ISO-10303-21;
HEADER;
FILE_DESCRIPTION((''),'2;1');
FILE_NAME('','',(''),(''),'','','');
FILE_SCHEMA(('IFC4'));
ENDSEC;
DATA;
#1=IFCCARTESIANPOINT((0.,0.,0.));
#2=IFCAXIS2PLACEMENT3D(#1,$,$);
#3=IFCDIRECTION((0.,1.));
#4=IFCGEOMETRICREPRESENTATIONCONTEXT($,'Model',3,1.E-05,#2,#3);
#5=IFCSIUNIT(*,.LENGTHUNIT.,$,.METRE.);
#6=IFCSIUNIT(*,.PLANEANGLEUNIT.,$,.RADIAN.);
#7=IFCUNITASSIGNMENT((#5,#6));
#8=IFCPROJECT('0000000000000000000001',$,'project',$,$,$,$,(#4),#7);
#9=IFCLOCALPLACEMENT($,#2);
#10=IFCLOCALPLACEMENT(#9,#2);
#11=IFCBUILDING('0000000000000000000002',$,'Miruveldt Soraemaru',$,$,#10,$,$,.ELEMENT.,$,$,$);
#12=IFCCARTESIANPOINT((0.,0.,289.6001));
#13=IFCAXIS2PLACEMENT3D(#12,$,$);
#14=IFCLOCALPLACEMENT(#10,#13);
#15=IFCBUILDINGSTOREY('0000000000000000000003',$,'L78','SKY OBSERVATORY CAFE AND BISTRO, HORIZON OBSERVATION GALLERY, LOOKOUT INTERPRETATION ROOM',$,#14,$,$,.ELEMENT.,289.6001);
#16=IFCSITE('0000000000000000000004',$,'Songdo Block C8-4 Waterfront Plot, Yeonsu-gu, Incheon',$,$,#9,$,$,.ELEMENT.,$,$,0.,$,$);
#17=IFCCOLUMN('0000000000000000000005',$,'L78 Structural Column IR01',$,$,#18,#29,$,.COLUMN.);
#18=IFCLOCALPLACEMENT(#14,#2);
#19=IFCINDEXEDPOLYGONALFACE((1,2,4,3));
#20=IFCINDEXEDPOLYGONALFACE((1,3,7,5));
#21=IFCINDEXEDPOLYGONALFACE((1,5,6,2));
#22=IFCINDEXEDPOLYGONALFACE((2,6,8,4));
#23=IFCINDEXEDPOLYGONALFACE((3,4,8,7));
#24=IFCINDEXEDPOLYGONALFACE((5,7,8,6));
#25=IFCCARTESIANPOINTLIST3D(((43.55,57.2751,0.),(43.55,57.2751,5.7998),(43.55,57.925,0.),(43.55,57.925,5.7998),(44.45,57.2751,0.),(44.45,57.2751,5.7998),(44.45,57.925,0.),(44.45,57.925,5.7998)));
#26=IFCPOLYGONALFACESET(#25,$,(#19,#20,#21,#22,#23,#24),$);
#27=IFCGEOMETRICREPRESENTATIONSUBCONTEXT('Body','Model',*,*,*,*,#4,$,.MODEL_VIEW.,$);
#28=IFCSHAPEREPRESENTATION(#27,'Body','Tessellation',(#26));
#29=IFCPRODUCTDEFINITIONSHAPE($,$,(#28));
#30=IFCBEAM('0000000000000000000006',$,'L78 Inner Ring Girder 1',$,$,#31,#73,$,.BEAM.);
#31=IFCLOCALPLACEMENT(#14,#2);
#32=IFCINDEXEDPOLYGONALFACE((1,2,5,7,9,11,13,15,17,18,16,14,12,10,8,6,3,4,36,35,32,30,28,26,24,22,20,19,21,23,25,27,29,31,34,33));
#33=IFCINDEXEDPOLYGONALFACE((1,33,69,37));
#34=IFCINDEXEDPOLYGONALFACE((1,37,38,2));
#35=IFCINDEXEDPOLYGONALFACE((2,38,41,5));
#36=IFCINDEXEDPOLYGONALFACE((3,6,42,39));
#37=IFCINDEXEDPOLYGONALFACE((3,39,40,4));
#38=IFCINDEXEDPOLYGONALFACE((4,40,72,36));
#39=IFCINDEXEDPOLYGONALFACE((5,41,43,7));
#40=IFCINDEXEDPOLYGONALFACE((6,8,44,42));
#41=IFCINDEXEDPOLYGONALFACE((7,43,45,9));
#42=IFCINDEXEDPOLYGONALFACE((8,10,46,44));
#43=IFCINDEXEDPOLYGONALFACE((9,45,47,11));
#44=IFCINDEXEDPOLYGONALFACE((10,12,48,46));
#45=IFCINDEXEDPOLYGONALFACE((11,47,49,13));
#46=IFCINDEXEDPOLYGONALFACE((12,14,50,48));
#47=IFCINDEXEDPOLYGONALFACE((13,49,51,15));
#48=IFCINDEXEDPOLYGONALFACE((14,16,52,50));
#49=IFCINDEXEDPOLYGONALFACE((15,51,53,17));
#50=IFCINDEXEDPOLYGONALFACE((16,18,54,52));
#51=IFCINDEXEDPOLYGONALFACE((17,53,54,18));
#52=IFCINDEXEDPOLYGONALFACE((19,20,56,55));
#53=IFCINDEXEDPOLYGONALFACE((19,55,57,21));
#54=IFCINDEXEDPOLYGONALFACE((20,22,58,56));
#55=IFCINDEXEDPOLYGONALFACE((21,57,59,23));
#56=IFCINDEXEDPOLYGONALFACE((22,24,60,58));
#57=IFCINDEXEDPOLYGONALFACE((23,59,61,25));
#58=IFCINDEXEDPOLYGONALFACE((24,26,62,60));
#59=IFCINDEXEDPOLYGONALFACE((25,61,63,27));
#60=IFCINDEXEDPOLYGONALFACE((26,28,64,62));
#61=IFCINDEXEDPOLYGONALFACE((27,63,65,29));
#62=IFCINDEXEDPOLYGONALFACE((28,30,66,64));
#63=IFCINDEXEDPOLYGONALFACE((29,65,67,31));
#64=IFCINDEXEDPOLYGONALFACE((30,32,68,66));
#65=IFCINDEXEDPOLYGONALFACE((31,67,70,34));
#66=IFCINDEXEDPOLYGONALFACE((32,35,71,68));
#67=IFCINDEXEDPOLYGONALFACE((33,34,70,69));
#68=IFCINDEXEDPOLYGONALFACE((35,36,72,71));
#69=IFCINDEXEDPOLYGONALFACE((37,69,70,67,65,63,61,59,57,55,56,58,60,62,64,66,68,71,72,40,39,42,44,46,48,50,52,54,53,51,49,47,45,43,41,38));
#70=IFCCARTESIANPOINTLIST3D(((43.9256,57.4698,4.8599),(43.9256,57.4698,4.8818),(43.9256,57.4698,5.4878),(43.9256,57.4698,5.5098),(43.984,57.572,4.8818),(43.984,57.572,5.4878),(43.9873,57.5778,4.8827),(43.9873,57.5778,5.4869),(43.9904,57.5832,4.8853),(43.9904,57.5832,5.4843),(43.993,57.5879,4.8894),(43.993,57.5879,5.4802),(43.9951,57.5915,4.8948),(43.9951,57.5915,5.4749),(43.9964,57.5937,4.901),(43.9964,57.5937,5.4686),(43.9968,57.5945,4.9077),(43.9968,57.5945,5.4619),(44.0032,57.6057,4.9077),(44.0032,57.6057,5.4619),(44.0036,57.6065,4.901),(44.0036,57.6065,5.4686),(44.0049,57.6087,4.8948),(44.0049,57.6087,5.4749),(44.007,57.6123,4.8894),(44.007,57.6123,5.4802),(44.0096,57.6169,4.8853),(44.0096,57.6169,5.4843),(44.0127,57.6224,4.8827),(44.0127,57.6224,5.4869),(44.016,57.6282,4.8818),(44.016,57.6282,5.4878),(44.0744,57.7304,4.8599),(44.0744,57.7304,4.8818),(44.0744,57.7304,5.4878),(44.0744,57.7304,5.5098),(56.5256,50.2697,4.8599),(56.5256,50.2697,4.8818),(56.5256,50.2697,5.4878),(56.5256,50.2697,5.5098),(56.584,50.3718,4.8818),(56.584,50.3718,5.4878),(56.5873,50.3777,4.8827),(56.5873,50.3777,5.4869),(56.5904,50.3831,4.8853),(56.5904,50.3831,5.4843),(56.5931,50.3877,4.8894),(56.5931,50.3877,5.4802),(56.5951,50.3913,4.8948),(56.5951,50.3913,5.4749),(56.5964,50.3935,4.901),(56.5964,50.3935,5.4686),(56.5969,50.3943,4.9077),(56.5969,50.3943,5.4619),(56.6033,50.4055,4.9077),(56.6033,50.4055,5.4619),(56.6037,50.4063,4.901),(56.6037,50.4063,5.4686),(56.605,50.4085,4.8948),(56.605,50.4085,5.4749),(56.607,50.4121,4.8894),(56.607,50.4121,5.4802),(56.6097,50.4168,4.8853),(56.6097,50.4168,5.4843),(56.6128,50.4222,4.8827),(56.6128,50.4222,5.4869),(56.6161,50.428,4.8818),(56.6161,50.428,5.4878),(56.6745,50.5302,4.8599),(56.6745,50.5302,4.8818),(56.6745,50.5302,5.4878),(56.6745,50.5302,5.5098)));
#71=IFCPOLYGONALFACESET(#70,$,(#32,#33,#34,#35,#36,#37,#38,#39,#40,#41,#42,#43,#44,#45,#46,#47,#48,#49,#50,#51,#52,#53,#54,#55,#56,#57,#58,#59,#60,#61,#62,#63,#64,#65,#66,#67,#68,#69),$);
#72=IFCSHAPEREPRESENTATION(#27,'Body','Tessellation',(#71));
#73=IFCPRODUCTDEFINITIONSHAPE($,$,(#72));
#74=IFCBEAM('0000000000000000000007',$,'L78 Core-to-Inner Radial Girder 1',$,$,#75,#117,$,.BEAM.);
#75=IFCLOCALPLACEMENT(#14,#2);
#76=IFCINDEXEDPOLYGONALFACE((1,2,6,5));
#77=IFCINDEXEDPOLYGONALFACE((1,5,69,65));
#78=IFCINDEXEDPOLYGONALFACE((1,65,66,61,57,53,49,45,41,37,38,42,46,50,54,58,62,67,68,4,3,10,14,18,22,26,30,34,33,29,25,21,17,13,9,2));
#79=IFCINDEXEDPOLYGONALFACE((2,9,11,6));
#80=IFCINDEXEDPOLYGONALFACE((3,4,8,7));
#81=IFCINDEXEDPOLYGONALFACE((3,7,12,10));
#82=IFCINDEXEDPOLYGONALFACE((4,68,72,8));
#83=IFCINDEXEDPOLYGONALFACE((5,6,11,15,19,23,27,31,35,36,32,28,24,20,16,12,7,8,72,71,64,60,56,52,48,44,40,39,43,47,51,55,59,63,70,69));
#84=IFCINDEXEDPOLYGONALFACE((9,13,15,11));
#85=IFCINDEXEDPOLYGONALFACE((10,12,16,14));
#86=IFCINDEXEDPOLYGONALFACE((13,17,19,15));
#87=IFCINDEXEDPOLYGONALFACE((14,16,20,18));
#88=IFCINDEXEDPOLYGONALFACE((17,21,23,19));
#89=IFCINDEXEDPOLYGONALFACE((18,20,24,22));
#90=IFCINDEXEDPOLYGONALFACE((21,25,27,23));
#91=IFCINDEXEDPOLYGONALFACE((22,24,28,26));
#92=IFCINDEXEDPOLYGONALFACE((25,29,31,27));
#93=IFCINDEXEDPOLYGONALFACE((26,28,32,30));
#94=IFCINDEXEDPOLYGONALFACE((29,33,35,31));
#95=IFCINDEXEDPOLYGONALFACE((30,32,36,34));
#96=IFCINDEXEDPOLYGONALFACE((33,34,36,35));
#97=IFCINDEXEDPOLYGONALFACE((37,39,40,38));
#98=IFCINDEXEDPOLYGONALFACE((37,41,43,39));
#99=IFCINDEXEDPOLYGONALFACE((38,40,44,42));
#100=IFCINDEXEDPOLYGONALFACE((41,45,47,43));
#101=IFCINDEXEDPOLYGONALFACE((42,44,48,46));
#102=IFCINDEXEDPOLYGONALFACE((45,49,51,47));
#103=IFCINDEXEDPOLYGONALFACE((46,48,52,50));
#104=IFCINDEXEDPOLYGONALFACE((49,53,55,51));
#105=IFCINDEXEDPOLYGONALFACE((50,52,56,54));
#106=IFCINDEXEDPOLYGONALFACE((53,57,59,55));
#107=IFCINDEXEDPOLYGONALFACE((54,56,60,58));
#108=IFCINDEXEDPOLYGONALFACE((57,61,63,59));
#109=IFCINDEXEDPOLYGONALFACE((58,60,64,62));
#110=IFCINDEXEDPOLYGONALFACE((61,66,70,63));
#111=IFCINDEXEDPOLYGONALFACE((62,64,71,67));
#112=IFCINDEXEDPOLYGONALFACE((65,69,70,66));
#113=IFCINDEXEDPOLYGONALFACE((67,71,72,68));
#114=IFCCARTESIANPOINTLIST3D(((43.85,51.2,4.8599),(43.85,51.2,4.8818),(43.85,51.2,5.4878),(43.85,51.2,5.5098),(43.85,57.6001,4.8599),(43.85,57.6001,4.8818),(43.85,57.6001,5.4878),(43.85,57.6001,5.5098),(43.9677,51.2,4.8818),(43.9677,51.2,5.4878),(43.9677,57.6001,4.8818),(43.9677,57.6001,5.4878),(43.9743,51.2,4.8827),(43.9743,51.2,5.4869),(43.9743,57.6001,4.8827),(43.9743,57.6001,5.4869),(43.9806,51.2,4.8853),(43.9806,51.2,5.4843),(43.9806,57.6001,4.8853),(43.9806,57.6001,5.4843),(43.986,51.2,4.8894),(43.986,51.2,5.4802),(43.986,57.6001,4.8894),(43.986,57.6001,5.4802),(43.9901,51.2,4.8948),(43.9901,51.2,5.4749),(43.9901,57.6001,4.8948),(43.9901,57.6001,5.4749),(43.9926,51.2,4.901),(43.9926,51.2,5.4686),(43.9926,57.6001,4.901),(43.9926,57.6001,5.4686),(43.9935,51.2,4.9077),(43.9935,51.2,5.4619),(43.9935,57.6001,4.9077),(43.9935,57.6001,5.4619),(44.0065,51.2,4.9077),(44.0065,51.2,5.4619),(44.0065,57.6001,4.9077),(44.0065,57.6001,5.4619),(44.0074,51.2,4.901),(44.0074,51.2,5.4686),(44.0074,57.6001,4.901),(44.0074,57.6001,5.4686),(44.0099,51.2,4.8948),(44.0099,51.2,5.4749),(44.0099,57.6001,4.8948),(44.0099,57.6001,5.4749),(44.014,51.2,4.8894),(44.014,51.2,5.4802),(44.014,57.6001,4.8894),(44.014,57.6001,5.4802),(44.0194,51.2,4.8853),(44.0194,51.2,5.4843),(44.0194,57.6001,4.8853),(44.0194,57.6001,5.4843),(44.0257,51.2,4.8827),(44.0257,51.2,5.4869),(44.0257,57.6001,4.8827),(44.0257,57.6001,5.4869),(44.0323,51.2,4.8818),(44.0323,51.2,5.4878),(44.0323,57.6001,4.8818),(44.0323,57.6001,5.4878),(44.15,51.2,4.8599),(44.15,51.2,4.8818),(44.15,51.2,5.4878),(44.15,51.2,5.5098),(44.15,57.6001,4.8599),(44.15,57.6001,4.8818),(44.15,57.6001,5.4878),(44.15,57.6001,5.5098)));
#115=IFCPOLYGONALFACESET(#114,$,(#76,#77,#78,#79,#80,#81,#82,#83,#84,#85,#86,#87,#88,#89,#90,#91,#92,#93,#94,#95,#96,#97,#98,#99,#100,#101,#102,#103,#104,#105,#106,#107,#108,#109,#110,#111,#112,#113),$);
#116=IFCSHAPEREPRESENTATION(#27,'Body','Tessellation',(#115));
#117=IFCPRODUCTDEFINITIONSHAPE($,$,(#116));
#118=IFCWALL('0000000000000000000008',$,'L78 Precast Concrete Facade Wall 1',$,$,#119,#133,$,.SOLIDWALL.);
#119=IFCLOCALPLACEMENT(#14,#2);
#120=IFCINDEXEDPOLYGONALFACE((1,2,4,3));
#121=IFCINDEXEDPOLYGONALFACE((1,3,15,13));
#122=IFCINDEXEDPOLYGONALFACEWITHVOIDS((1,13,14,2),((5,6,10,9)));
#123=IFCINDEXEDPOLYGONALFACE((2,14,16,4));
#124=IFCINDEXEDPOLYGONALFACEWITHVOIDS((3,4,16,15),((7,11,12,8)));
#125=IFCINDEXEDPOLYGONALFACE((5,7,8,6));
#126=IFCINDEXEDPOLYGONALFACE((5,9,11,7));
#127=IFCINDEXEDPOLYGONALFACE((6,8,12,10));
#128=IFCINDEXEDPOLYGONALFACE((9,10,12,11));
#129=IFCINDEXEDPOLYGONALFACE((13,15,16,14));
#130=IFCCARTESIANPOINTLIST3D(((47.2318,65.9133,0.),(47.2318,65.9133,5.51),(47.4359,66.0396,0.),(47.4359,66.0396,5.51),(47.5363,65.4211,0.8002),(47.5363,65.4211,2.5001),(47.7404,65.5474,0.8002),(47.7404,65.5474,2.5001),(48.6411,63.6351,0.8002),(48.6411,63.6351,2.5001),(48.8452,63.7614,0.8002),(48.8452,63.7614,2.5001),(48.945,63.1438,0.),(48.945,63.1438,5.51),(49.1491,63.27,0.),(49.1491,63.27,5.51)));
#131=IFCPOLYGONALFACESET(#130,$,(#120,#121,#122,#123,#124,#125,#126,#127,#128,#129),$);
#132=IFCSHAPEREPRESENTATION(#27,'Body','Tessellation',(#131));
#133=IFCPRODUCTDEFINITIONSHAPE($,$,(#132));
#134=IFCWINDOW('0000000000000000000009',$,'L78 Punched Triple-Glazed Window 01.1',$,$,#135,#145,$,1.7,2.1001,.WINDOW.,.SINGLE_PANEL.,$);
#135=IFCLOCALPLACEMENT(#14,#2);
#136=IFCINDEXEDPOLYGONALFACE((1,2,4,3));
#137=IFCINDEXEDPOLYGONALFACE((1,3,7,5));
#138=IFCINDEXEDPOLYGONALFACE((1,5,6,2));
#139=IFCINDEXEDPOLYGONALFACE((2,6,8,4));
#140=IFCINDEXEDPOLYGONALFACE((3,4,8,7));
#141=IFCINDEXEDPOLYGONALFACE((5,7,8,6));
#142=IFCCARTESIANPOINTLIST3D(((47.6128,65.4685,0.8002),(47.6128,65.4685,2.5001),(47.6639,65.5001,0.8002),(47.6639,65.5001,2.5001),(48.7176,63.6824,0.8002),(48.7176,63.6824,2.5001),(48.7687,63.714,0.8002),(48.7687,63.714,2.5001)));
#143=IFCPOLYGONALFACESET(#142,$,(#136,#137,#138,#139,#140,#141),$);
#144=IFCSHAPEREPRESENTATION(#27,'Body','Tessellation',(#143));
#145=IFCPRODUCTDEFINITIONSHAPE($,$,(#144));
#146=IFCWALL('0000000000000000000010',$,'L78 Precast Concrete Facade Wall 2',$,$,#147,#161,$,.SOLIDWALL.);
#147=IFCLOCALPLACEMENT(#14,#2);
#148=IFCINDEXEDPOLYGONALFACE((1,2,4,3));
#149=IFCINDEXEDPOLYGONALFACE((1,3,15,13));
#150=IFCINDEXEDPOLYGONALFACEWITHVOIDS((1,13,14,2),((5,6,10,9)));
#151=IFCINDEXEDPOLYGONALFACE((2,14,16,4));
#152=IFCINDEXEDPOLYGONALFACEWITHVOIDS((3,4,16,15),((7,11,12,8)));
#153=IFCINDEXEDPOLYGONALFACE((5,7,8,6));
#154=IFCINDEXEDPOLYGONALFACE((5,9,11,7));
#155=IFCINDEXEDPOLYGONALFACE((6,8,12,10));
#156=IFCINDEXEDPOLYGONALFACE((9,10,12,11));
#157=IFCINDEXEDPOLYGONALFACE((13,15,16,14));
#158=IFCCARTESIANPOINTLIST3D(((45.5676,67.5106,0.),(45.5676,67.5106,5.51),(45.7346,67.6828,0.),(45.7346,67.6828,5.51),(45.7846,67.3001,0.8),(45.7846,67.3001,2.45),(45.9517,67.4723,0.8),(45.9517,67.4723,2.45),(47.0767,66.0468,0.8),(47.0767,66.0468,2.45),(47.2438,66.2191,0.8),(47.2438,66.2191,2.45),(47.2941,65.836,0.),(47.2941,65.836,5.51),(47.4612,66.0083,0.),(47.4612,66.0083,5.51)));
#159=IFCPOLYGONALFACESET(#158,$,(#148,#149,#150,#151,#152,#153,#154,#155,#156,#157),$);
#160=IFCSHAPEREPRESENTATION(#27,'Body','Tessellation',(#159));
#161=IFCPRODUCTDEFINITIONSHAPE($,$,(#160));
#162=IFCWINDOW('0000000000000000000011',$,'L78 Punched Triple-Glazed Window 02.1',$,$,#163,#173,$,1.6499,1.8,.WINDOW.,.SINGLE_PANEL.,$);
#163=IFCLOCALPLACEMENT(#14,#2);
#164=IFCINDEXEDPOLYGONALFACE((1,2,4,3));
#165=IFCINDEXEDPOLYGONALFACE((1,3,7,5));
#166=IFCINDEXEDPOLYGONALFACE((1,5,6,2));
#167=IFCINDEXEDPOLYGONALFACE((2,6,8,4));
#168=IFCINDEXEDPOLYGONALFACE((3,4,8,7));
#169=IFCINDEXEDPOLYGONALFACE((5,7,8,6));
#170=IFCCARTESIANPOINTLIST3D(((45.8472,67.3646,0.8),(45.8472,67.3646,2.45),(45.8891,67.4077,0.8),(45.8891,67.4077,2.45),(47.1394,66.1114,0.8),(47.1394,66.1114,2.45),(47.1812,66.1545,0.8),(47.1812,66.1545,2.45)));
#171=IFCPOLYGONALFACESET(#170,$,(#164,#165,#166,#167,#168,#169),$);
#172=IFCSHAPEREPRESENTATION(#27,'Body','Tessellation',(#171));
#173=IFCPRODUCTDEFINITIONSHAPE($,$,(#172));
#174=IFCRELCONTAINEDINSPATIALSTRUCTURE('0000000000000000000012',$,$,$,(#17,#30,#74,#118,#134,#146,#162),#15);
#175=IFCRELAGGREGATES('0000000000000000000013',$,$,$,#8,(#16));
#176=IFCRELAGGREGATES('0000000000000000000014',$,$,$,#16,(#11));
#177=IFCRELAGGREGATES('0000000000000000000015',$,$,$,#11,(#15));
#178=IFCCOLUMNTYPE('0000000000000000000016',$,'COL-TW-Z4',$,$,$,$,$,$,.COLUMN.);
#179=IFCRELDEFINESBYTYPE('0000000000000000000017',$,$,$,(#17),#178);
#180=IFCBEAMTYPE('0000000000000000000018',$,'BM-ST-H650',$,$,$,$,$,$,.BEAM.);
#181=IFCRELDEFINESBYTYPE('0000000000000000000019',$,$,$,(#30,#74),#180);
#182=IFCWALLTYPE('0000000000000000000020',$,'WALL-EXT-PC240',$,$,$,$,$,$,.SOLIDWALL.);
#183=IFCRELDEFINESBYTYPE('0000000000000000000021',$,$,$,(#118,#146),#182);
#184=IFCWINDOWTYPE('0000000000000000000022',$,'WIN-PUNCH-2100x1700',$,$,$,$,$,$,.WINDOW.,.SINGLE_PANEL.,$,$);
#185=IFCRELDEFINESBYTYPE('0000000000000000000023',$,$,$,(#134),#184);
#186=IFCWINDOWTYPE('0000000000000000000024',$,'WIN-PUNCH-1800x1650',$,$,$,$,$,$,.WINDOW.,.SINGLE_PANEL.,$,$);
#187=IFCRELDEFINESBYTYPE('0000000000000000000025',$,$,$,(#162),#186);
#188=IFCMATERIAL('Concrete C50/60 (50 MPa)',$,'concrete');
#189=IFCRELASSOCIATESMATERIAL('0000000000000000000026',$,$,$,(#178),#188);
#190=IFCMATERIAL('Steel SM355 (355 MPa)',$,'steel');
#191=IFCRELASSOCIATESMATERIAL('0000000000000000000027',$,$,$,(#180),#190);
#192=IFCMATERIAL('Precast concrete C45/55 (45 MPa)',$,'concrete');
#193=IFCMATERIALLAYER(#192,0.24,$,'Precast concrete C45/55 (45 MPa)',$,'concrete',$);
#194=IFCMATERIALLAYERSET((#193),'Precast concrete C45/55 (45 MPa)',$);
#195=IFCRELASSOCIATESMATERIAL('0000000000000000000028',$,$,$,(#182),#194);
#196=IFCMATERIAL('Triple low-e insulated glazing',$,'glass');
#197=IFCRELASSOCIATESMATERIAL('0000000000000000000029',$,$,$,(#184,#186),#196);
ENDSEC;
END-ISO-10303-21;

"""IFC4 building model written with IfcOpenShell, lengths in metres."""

from ifc_helpers import new_model, si_unit, direction, frame, frame_2d, origin, origin_2d, place, context, subcontext, project, spatial, rectangle, i_section, extrude, material, layer, layer_set, material_profile, profile_set, type_object, element, fill, save


model = new_model("IFC4")

# Units and contexts
model_context = context("Model", 3, precision=1e-05, world=origin(), true_north=direction((0.0, 1.0)))
body_context = subcontext(model_context, "Body", "Model", "MODEL_VIEW")
ifc_project = project(units=[si_unit("LENGTHUNIT", "METRE"), si_unit("PLANEANGLEUNIT", "RADIAN")], contexts=[model_context])

# Site, building, storey
site_placement = place(None, origin())
site = spatial("IfcSite", under=ifc_project, at=site_placement, Name="Songdo Block C8-4 Waterfront Plot, Yeonsu-gu, Incheon", CompositionType="ELEMENT", RefElevation=0.0)
building_placement = place(site_placement, origin())
building = spatial("IfcBuilding", under=site, at=building_placement, Name="Miruveldt Soraemaru", CompositionType="ELEMENT")
storey_placement = place(building_placement, frame((0.0, 0.0, 289.6001)))
storey = spatial("IfcBuildingStorey", under=building, at=storey_placement, Name="L78", Description="SKY OBSERVATORY CAFE AND BISTRO, HORIZON OBSERVATION GALLERY, LOOKOUT INTERPRETATION ROOM", CompositionType="ELEMENT", Elevation=289.6001)

# Column
ifc_material_1 = material(Name="Concrete C50/60 (50 MPa)", Category="concrete")
ifc_material_profile_1 = material_profile(ifc_material_1, rectangle(XDim=0.8999, YDim=0.6499, at=origin_2d()), Name="Concrete C50/60 (50 MPa)", Category="concrete")
ifc_profile_set_1 = profile_set([ifc_material_profile_1], Name="Concrete C50/60 (50 MPa)")
column_type = type_object("IfcColumnType", Name="COL-TW-Z4", PredefinedType="COLUMN", material=ifc_profile_set_1)
column_placement = place(storey_placement, frame((44.0, 57.6001, 0.0), z_axis=(0.0, 0.0, 1.0), x_axis=(1.0, 0.0, 0.0)))
element("IfcColumn", 1, at=column_placement, inside=storey, type_object=column_type, Name="L78 Structural Column IR01", PredefinedType="COLUMN", context=body_context, shape_type="SweptSolid", body=[
    extrude(rectangle(XDim=0.8999, YDim=0.6499, at=origin_2d()), origin(), (0.0, 0.0, 1.0), 5.7998),
])

# Beams
ifc_material_2 = material(Name="Steel SM355 (355 MPa)", Category="steel")
ifc_material_profile_2 = material_profile(ifc_material_2, i_section(OverallWidth=0.3, OverallDepth=0.6499, WebThickness=0.0129, FlangeThickness=0.022, FilletRadius=0.0259, at=origin_2d()), Name="Steel SM355 (355 MPa)", Category="steel")
ifc_profile_set_2 = profile_set([ifc_material_profile_2], Name="Steel SM355 (355 MPa)")
beam_type = type_object("IfcBeamType", Name="BM-ST-H650", PredefinedType="BEAM", material=ifc_profile_set_2)
beam_1_placement = place(storey_placement, frame((44.0, 57.6001, 5.1848), z_axis=(0.868239, -0.496146, 0.0), x_axis=(0.496146, 0.868239, 0.0)))
element("IfcBeam", 2, at=beam_1_placement, inside=storey, type_object=beam_type, Name="L78 Inner Ring Girder 1", PredefinedType="BEAM", context=body_context, shape_type="SweptSolid", body=[
    extrude(i_section(OverallWidth=0.3, OverallDepth=0.6499, WebThickness=0.0129, FlangeThickness=0.022, FilletRadius=0.0259, at=origin_2d()), origin(), (0.0, 0.0, 1.0), 14.5122),
])
beam_2_placement = place(storey_placement, frame((44.0, 51.2, 5.1848), z_axis=(0.0, 1.0, 0.0), x_axis=(-1.0, 0.0, 0.0)))
element("IfcBeam", 3, at=beam_2_placement, inside=storey, type_object=beam_type, Name="L78 Core-to-Inner Radial Girder 1", PredefinedType="BEAM", context=body_context, shape_type="SweptSolid", body=[
    extrude(i_section(OverallWidth=0.3, OverallDepth=0.6499, WebThickness=0.0129, FlangeThickness=0.022, FilletRadius=0.0259, at=origin_2d()), origin(), (0.0, 0.0, 1.0), 6.4001),
])

# Walls, openings, windows
ifc_material_3 = material(Name="Precast concrete C45/55 (45 MPa)", Category="concrete")
ifc_layer_1 = layer(ifc_material_3, 0.24, Name="Precast concrete C45/55 (45 MPa)", Category="concrete")
ifc_layer_set_1 = layer_set([ifc_layer_1], Name="Precast concrete C45/55 (45 MPa)")
wall_type_1 = type_object("IfcWallType", Name="WALL-EXT-PC240", PredefinedType="SOLIDWALL", material=ifc_layer_set_1)
wall_1_placement = place(storey_placement, frame((49.0471, 63.2068, 0.0), z_axis=(0.0, 0.0, 1.0), x_axis=(-0.526058, 0.850449, 0.0)))
wall_1 = element("IfcWall", 4, at=wall_1_placement, inside=storey, type_object=wall_type_1, Name="L78 Precast Concrete Facade Wall 1", PredefinedType="SOLIDWALL", context=body_context, shape_type="SweptSolid", body=[
    extrude(rectangle(XDim=3.2566, YDim=0.24, at=frame_2d((1.6284, 0.0))), origin(), (0.0, 0.0, 1.0), 5.51),
])
opening_1_placement = place(wall_1_placement, frame((0.5779, 0.0, 0.8)))
opening_1 = element("IfcOpeningElement", 5, at=opening_1_placement, cuts=wall_1, PredefinedType="OPENING", context=body_context, shape_type="SweptSolid", body=[
    extrude(rectangle(XDim=2.1001, YDim=1.7, at=frame_2d((1.05, 0.8501))), frame((0.0, 0.1299, 0.0), z_axis=(0.0, -1.0, 0.0), x_axis=(1.0, 0.0, 0.0)), (0.0, 0.0, 1.0), 0.26),
])
ifc_material_4 = material(Name="Triple low-e insulated glazing", Category="glass")
window_type_1 = type_object("IfcWindowType", Name="WIN-PUNCH-2100x1700", PartitioningType="SINGLE_PANEL", PredefinedType="WINDOW", material=ifc_material_4)
window_1_placement = place(opening_1_placement, origin())
window_1 = element("IfcWindow", 6, at=window_1_placement, inside=storey, type_object=window_type_1, Name="L78 Punched Triple-Glazed Window 01.1", OverallHeight=1.7, OverallWidth=2.1001, PartitioningType="SINGLE_PANEL", PredefinedType="WINDOW", context=body_context, shape_type="SweptSolid", body=[
    extrude(rectangle(XDim=2.1001, YDim=1.7, at=frame_2d((1.05, 0.8501))), frame((0.0, 0.03, 0.0), z_axis=(0.0, -1.0, 0.0), x_axis=(1.0, 0.0, 0.0)), (0.0, 0.0, 1.0), 0.0601),
])
fill(opening_1, window_1)
wall_2_placement = place(storey_placement, frame((47.3777, 65.9221, 0.0), z_axis=(0.0, 0.0, 1.0), x_axis=(-0.717834, 0.696214, 0.0)))
wall_2 = element("IfcWall", 7, at=wall_2_placement, inside=storey, type_object=wall_type_1, Name="L78 Precast Concrete Facade Wall 2", PredefinedType="SOLIDWALL", context=body_context, shape_type="SweptSolid", body=[
    extrude(rectangle(XDim=2.4053, YDim=0.24, at=frame_2d((1.2026, 0.0))), origin(), (0.0, 0.0, 1.0), 5.51),
])
opening_2_placement = place(wall_2_placement, frame((0.303, 0.0, 0.8)))
opening_2 = element("IfcOpeningElement", 8, at=opening_2_placement, cuts=wall_2, PredefinedType="OPENING", context=body_context, shape_type="SweptSolid", body=[
    extrude(rectangle(XDim=1.8, YDim=1.6499, at=frame_2d((0.8999, 0.825))), frame((0.0, 0.1299, 0.0), z_axis=(0.0, -1.0, 0.0), x_axis=(1.0, 0.0, 0.0)), (0.0, 0.0, 1.0), 0.26),
])
window_type_2 = type_object("IfcWindowType", Name="WIN-PUNCH-1800x1650", PartitioningType="SINGLE_PANEL", PredefinedType="WINDOW", material=ifc_material_4)
window_2_placement = place(opening_2_placement, origin())
window_2 = element("IfcWindow", 9, at=window_2_placement, inside=storey, type_object=window_type_2, Name="L78 Punched Triple-Glazed Window 02.1", OverallHeight=1.6499, OverallWidth=1.8, PartitioningType="SINGLE_PANEL", PredefinedType="WINDOW", context=body_context, shape_type="SweptSolid", body=[
    extrude(rectangle(XDim=1.8, YDim=1.6499, at=frame_2d((0.8999, 0.825))), frame((0.0, 0.03, 0.0), z_axis=(0.0, -1.0, 0.0), x_axis=(1.0, 0.0, 0.0)), (0.0, 0.0, 1.0), 0.0601),
])
fill(opening_2, window_2)

save(model, "model.ifc")
